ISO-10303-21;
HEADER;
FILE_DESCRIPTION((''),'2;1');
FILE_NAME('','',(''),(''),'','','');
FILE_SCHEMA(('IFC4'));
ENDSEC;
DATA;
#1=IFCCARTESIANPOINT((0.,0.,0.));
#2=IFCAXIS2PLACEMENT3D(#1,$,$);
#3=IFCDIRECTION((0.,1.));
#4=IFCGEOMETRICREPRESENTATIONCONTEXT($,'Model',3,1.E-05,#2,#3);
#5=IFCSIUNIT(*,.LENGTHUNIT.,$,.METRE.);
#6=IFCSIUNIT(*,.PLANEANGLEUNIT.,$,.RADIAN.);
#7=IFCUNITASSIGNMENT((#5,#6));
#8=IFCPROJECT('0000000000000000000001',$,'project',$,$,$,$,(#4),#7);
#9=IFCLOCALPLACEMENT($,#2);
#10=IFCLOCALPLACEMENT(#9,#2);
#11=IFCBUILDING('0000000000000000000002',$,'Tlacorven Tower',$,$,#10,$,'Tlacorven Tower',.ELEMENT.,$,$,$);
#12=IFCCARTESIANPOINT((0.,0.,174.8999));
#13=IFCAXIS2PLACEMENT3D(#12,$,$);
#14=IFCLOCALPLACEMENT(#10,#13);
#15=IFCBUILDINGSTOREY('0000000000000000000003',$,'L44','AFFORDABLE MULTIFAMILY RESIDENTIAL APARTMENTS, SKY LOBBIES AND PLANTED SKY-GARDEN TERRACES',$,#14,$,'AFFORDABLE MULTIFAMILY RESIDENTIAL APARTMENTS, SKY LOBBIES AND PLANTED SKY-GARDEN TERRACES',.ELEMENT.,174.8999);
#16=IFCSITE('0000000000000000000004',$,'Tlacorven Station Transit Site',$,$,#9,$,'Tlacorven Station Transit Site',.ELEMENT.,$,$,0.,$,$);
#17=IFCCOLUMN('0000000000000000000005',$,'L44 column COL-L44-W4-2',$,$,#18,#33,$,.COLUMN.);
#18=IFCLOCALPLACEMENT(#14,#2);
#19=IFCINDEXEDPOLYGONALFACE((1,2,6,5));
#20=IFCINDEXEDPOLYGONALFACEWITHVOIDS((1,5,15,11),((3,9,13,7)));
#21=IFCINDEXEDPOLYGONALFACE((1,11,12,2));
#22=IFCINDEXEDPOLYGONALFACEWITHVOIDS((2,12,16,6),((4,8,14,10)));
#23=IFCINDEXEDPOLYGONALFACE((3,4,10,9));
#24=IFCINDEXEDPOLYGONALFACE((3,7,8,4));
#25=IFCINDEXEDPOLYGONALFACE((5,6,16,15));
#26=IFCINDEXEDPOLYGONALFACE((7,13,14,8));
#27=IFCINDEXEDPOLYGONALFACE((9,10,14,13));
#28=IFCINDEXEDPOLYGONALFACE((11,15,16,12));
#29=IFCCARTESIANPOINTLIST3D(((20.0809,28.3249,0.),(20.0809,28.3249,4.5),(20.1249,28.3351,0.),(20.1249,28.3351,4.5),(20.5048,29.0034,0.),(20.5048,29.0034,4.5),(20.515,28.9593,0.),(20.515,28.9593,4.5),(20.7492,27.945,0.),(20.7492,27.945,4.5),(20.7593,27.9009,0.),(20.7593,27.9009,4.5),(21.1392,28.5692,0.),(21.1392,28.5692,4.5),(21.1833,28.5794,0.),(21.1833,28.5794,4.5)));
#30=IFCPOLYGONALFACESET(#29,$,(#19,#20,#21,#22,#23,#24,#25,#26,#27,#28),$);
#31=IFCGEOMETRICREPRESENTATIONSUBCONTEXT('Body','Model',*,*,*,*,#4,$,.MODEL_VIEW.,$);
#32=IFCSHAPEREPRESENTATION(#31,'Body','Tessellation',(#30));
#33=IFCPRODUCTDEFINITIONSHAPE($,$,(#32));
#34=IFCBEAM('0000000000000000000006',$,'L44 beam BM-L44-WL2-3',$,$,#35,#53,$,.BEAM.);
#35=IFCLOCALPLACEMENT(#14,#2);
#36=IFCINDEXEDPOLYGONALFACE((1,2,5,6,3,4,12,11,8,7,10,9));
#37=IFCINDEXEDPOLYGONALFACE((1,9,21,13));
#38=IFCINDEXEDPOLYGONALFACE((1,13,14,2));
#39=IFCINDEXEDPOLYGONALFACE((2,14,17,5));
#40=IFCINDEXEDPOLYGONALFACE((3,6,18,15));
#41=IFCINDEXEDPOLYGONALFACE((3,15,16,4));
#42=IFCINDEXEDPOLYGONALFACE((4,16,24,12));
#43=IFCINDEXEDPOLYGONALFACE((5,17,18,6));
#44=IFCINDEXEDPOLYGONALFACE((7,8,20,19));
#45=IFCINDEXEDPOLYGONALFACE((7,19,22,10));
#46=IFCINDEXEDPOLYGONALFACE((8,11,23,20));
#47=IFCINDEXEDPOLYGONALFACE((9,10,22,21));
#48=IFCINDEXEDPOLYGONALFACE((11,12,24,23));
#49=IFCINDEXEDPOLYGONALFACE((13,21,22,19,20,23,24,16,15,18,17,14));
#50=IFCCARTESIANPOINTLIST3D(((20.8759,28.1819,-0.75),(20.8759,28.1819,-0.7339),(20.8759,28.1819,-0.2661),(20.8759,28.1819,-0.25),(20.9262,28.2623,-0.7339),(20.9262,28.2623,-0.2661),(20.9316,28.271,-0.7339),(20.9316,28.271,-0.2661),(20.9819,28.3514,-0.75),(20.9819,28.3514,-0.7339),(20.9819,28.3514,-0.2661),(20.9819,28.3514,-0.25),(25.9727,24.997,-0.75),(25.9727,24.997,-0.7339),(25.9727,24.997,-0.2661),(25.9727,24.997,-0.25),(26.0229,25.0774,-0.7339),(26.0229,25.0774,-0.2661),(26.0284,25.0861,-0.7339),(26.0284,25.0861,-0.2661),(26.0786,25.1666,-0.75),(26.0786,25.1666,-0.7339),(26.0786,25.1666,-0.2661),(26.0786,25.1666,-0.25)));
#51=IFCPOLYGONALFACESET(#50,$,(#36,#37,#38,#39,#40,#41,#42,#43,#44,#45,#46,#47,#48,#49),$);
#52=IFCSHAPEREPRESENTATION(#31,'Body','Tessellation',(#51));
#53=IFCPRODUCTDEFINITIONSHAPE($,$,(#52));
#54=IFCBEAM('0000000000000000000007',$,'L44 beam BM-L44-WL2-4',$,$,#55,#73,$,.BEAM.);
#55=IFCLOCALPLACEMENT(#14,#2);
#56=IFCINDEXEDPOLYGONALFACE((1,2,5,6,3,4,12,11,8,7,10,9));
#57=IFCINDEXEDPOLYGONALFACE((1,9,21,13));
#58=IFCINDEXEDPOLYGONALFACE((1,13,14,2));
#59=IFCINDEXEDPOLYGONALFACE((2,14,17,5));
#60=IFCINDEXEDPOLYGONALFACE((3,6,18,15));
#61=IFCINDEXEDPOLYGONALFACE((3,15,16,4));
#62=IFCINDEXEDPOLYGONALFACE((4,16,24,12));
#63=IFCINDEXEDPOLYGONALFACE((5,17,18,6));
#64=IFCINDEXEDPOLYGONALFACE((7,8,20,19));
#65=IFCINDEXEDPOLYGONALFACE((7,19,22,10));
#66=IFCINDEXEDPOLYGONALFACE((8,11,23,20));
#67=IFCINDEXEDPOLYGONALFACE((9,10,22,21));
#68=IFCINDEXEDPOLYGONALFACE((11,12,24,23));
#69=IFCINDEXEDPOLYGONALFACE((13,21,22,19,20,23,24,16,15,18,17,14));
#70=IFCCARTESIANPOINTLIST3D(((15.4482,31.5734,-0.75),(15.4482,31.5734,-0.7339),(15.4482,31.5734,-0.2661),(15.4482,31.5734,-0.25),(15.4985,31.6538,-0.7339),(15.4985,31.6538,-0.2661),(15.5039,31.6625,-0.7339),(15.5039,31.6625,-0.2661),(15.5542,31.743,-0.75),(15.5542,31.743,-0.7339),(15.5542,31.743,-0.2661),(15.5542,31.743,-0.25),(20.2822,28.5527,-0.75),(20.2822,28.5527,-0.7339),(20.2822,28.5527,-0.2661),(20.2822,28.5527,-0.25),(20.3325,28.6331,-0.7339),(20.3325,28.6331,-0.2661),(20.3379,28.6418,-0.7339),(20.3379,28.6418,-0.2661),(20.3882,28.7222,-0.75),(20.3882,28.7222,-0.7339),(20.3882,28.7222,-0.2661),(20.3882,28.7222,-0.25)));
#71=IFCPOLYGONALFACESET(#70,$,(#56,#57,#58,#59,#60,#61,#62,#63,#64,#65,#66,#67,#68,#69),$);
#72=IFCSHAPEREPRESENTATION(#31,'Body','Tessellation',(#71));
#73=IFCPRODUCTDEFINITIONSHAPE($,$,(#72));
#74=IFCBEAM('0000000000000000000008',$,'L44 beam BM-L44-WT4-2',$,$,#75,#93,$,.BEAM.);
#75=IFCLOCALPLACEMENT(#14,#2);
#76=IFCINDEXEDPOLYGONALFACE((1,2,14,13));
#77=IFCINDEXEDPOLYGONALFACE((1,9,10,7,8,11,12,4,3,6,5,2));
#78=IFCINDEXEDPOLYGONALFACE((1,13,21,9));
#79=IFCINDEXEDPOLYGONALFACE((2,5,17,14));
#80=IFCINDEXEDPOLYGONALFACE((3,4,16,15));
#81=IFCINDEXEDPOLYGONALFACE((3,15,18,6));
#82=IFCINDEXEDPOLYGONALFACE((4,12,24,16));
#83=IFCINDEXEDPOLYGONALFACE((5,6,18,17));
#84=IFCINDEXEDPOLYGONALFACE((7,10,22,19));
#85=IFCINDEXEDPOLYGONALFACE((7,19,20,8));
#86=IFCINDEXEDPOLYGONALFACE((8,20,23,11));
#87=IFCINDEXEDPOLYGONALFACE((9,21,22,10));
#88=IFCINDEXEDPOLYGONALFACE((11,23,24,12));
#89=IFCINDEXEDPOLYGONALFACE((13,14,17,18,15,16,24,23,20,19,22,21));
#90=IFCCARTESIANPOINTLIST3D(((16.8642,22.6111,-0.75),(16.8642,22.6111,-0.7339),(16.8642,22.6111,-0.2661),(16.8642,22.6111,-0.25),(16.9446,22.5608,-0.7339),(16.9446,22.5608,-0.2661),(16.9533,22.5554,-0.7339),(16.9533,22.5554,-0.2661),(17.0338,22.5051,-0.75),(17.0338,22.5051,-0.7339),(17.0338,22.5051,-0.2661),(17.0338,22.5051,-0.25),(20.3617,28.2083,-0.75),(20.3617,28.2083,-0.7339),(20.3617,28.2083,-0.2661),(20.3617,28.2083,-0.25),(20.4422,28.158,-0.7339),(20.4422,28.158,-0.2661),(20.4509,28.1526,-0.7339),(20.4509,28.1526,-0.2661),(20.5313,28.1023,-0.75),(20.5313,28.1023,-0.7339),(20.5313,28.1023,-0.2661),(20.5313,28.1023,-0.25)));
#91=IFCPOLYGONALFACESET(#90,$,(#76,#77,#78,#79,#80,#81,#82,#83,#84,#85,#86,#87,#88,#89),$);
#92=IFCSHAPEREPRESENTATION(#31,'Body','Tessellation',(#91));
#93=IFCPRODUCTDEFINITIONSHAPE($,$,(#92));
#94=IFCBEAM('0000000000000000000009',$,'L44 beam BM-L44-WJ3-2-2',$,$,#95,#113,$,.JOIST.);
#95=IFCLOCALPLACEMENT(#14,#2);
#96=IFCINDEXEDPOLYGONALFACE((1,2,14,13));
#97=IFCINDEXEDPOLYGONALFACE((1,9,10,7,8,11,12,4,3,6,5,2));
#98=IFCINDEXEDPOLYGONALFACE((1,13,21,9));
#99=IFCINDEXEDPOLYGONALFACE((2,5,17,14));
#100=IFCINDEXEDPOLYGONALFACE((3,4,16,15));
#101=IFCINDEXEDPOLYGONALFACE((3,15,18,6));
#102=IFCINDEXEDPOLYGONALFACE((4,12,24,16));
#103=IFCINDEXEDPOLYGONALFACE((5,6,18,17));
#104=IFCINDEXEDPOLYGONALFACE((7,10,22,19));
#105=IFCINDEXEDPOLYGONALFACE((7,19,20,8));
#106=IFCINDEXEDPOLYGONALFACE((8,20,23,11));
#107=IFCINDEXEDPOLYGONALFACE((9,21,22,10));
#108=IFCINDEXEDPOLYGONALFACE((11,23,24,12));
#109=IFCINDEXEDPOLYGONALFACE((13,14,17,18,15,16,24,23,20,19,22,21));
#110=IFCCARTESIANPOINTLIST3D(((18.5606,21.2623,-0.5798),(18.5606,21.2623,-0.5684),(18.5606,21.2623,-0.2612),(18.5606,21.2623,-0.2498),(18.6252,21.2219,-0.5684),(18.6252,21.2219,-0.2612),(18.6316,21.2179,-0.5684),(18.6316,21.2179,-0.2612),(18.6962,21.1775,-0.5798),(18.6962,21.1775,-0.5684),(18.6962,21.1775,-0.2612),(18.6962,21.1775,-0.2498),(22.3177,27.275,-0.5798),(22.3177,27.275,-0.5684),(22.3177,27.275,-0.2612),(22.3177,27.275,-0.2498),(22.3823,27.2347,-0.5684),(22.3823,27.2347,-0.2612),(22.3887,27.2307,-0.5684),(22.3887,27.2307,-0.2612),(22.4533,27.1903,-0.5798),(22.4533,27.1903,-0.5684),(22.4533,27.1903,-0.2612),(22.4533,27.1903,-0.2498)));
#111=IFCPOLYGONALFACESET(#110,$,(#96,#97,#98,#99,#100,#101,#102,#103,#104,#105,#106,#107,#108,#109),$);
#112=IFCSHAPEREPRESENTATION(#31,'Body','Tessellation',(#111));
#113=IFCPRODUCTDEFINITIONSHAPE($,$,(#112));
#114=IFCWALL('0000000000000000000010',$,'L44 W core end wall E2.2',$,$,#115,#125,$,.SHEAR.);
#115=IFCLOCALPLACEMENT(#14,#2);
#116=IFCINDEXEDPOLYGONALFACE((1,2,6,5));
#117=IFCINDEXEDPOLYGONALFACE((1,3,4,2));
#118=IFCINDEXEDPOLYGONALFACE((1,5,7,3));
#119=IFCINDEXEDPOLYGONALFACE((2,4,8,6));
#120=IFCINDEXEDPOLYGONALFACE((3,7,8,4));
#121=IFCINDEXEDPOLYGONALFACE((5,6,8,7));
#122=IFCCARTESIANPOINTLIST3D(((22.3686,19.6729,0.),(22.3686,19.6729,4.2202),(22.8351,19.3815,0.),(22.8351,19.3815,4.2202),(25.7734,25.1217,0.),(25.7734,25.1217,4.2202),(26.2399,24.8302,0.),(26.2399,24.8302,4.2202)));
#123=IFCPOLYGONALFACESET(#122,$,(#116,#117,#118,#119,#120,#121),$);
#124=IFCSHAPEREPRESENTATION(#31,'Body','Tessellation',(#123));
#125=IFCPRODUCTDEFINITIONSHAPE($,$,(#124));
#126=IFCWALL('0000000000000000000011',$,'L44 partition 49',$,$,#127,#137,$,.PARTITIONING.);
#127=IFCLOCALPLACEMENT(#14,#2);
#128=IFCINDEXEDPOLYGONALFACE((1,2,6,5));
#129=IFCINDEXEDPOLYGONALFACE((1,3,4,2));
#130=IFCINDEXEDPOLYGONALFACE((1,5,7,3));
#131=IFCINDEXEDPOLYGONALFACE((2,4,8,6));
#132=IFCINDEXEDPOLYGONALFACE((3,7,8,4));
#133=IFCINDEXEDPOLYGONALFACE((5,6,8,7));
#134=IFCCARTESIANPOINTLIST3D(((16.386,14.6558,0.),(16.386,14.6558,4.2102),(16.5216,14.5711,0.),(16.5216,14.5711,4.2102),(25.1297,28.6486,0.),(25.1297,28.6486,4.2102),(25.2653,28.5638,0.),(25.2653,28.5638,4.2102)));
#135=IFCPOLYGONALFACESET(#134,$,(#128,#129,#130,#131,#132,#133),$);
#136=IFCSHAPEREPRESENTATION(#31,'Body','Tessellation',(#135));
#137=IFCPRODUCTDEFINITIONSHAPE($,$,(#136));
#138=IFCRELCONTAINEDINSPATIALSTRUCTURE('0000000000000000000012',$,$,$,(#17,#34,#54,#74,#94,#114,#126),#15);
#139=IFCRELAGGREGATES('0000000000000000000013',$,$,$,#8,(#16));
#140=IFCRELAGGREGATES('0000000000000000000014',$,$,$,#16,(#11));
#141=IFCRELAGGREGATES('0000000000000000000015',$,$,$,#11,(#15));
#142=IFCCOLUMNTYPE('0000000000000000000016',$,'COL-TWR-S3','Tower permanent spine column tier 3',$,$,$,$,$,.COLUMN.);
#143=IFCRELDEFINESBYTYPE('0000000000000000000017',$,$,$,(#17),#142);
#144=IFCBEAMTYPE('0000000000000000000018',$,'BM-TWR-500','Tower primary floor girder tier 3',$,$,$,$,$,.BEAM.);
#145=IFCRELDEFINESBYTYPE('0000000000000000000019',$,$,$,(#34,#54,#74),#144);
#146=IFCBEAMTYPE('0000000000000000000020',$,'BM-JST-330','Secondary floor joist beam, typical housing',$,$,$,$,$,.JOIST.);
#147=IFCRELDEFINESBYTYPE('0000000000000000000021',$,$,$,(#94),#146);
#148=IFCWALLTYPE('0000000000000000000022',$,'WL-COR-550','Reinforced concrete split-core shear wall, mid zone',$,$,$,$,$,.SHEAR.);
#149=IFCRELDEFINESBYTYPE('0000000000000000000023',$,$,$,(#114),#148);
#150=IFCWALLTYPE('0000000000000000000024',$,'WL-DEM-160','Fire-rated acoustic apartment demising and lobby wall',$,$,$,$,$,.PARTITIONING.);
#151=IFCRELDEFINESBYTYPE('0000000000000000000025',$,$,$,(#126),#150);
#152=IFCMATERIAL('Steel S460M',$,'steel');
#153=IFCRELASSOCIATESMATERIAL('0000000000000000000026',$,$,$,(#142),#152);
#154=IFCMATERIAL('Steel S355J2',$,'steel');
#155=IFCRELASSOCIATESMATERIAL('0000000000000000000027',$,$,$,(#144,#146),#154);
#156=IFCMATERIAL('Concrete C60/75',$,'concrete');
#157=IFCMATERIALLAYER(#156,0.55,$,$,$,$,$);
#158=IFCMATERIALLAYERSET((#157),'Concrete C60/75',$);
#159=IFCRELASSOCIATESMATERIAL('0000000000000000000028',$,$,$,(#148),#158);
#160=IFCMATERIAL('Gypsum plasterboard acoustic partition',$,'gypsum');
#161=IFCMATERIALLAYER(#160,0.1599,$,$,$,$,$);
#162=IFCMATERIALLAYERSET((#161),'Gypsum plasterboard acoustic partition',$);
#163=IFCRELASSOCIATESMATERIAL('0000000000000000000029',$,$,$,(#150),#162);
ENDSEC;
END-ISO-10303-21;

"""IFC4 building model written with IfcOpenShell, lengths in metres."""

from ifc_helpers import new_model, si_unit, direction, frame, frame_2d, origin, origin_2d, place, context, subcontext, project, spatial, rectangle, hollow_rectangle, i_section, extrude, source, transform, mapped, material, layer, layer_set, material_profile, profile_set, type_object, element, save


model = new_model("IFC4")

# Units and contexts
model_context = context("Model", 3, precision=1e-05, world=origin(), true_north=direction((0.0, 1.0)))
body_context = subcontext(model_context, "Body", "Model", "MODEL_VIEW")
ifc_project = project(units=[si_unit("LENGTHUNIT", "METRE"), si_unit("PLANEANGLEUNIT", "RADIAN")], contexts=[model_context])

# Site, building, storey
site_placement = place(None, origin())
site = spatial("IfcSite", under=ifc_project, at=site_placement, Name="Tlacorven Station Transit Site", LongName="Tlacorven Station Transit Site", CompositionType="ELEMENT", RefElevation=0.0)
building_placement = place(site_placement, origin())
building = spatial("IfcBuilding", under=site, at=building_placement, Name="Tlacorven Tower", LongName="Tlacorven Tower", CompositionType="ELEMENT")
storey_placement = place(building_placement, frame((0.0, 0.0, 174.8999)))
storey = spatial("IfcBuildingStorey", under=building, at=storey_placement, Name="L44", Description="AFFORDABLE MULTIFAMILY RESIDENTIAL APARTMENTS, SKY LOBBIES AND PLANTED SKY-GARDEN TERRACES", LongName="AFFORDABLE MULTIFAMILY RESIDENTIAL APARTMENTS, SKY LOBBIES AND PLANTED SKY-GARDEN TERRACES", CompositionType="ELEMENT", Elevation=174.8999)

# Column
ifc_material_1 = material(Name="Steel S460M", Category="steel")
ifc_material_profile_1 = material_profile(ifc_material_1, hollow_rectangle(XDim=0.8, YDim=0.8, WallThickness=0.032, at=origin_2d()), Name="BOX 800X800X32")
ifc_profile_set_1 = profile_set([ifc_material_profile_1], Name="Steel S460M")
column_type = type_object("IfcColumnType", Name="COL-TWR-S3", Description="Tower permanent spine column tier 3", PredefinedType="COLUMN", material=ifc_profile_set_1)
shared_shape_1 = source(origin(), body_context, "Body", "SweptSolid", [
    extrude(hollow_rectangle(XDim=0.8, YDim=0.8, WallThickness=0.032, at=origin_2d()), origin(), (0.0, 0.0, 1.0), 4.5),
])
column_placement = place(storey_placement, frame((20.6321, 28.4521, 0.0), z_axis=(0.0, 0.0, 1.0), x_axis=(-0.848048, 0.529919, 0.0)))
element("IfcColumn", 1, at=column_placement, inside=storey, type_object=column_type, Name="L44 column COL-L44-W4-2", PredefinedType="COLUMN", context=body_context, shape_type="MappedRepresentation", body=[
    mapped(shared_shape_1, transform((0.0, 0.0, 0.0), scale=1.0)),
])

# Beams
ifc_material_2 = material(Name="Steel S355J2", Category="steel")
ifc_material_profile_2 = material_profile(ifc_material_2, i_section(OverallWidth=0.2, OverallDepth=0.5, WebThickness=0.0103, FlangeThickness=0.0161, at=origin_2d()), Name="IPE 500")
ifc_profile_set_2 = profile_set([ifc_material_profile_2], Name="Steel S355J2")
beam_type_1 = type_object("IfcBeamType", Name="BM-TWR-500", Description="Tower primary floor girder tier 3", PredefinedType="BEAM", material=ifc_profile_set_2)
shared_shape_2 = source(origin(), body_context, "Body", "SweptSolid", [
    extrude(i_section(OverallWidth=0.2, OverallDepth=0.5, WebThickness=0.0103, FlangeThickness=0.0161, at=origin_2d()), origin(), (0.0, 0.0, 1.0), 6.01),
])
beam_1_placement = place(storey_placement, frame((26.0256, 25.0818, -0.5), z_axis=(-0.848044, 0.529926, 0.0), x_axis=(-0.529926, -0.848044, 0.0)))
element("IfcBeam", 2, at=beam_1_placement, inside=storey, type_object=beam_type_1, Name="L44 beam BM-L44-WL2-3", PredefinedType="BEAM", context=body_context, shape_type="MappedRepresentation", body=[
    mapped(shared_shape_2, transform((0.0, 0.0, 0.0), scale=1.0)),
])
shared_shape_3 = source(origin(), body_context, "Body", "SweptSolid", [
    extrude(i_section(OverallWidth=0.2, OverallDepth=0.5, WebThickness=0.0103, FlangeThickness=0.0161, at=origin_2d()), origin(), (0.0, 0.0, 1.0), 5.7002),
])
beam_2_placement = place(storey_placement, frame((20.3352, 28.6375, -0.5), z_axis=(-0.848037, 0.529937, 0.0), x_axis=(-0.529937, -0.848037, 0.0)))
element("IfcBeam", 3, at=beam_2_placement, inside=storey, type_object=beam_type_1, Name="L44 beam BM-L44-WL2-4", PredefinedType="BEAM", context=body_context, shape_type="MappedRepresentation", body=[
    mapped(shared_shape_3, transform((0.0, 0.0, 0.0), scale=1.0)),
])
shared_shape_4 = source(origin(), body_context, "Body", "SweptSolid", [
    extrude(i_section(OverallWidth=0.2, OverallDepth=0.5, WebThickness=0.0103, FlangeThickness=0.0161, at=origin_2d()), origin(), (0.0, 0.0, 1.0), 6.6001),
])
beam_3_placement = place(storey_placement, frame((20.4465, 28.1553, -0.5), z_axis=(-0.529926, -0.848044, 0.0), x_axis=(0.848044, -0.529926, 0.0)))
element("IfcBeam", 4, at=beam_3_placement, inside=storey, type_object=beam_type_1, Name="L44 beam BM-L44-WT4-2", PredefinedType="BEAM", context=body_context, shape_type="MappedRepresentation", body=[
    mapped(shared_shape_4, transform((0.0, 0.0, 0.0), scale=1.0)),
])
ifc_material_profile_3 = material_profile(ifc_material_2, i_section(OverallWidth=0.1599, OverallDepth=0.3301, WebThickness=0.0076, FlangeThickness=0.0115, at=origin_2d()), Name="IPE 330")
ifc_profile_set_3 = profile_set([ifc_material_profile_3], Name="Steel S355J2")
beam_type_2 = type_object("IfcBeamType", Name="BM-JST-330", Description="Secondary floor joist beam, typical housing", PredefinedType="JOIST", material=ifc_profile_set_3)
shared_shape_5 = source(origin(), body_context, "Body", "SweptSolid", [
    extrude(i_section(OverallWidth=0.1599, OverallDepth=0.3301, WebThickness=0.0076, FlangeThickness=0.0115, at=origin_2d()), origin(), (0.0, 0.0, 1.0), 7.0901),
])
beam_4_placement = place(storey_placement, frame((22.3855, 27.2327, -0.4148), z_axis=(-0.529912, -0.848052, 0.0), x_axis=(0.848052, -0.529912, 0.0)))
element("IfcBeam", 5, at=beam_4_placement, inside=storey, type_object=beam_type_2, Name="L44 beam BM-L44-WJ3-2-2", PredefinedType="JOIST", context=body_context, shape_type="MappedRepresentation", body=[
    mapped(shared_shape_5, transform((0.0, 0.0, 0.0), scale=1.0)),
])

# Walls
ifc_material_3 = material(Name="Concrete C60/75", Category="concrete")
ifc_layer_1 = layer(ifc_material_3, 0.55)
ifc_layer_set_1 = layer_set([ifc_layer_1], Name="Concrete C60/75")
wall_type_1 = type_object("IfcWallType", Name="WL-COR-550", Description="Reinforced concrete split-core shear wall, mid zone", PredefinedType="SHEAR", material=ifc_layer_set_1)
wall_1_placement = place(storey_placement, frame((26.0066, 24.9758, 0.0), z_axis=(0.0, 0.0, 1.0), x_axis=(-0.529924, -0.848045, 0.0)))
element("IfcWall", 6, at=wall_1_placement, inside=storey, type_object=wall_type_1, Name="L44 W core end wall E2.2", PredefinedType="SHEAR", context=body_context, shape_type="SweptSolid", body=[
    extrude(rectangle(XDim=6.425, YDim=0.55, at=frame_2d((3.2124, 0.0))), origin(), (0.0, 0.0, 1.0), 4.2202),
])
ifc_material_4 = material(Name="Gypsum plasterboard acoustic partition", Category="gypsum")
ifc_layer_2 = layer(ifc_material_4, 0.1599)
ifc_layer_set_2 = layer_set([ifc_layer_2], Name="Gypsum plasterboard acoustic partition")
wall_type_2 = type_object("IfcWallType", Name="WL-DEM-160", Description="Fire-rated acoustic apartment demising and lobby wall", PredefinedType="PARTITIONING", material=ifc_layer_set_2)
wall_2_placement = place(storey_placement, frame((25.1975, 28.6062, 0.0), z_axis=(0.0, 0.0, 1.0), x_axis=(-0.529922, -0.848047, 0.0)))
element("IfcWall", 7, at=wall_2_placement, inside=storey, type_object=wall_type_2, Name="L44 partition 49", PredefinedType="PARTITIONING", context=body_context, shape_type="SweptSolid", body=[
    extrude(rectangle(XDim=16.5, YDim=0.1599, at=frame_2d((8.25, 0.0))), origin(), (0.0, 0.0, 1.0), 4.2102),
])

save(model, "model.ifc")
